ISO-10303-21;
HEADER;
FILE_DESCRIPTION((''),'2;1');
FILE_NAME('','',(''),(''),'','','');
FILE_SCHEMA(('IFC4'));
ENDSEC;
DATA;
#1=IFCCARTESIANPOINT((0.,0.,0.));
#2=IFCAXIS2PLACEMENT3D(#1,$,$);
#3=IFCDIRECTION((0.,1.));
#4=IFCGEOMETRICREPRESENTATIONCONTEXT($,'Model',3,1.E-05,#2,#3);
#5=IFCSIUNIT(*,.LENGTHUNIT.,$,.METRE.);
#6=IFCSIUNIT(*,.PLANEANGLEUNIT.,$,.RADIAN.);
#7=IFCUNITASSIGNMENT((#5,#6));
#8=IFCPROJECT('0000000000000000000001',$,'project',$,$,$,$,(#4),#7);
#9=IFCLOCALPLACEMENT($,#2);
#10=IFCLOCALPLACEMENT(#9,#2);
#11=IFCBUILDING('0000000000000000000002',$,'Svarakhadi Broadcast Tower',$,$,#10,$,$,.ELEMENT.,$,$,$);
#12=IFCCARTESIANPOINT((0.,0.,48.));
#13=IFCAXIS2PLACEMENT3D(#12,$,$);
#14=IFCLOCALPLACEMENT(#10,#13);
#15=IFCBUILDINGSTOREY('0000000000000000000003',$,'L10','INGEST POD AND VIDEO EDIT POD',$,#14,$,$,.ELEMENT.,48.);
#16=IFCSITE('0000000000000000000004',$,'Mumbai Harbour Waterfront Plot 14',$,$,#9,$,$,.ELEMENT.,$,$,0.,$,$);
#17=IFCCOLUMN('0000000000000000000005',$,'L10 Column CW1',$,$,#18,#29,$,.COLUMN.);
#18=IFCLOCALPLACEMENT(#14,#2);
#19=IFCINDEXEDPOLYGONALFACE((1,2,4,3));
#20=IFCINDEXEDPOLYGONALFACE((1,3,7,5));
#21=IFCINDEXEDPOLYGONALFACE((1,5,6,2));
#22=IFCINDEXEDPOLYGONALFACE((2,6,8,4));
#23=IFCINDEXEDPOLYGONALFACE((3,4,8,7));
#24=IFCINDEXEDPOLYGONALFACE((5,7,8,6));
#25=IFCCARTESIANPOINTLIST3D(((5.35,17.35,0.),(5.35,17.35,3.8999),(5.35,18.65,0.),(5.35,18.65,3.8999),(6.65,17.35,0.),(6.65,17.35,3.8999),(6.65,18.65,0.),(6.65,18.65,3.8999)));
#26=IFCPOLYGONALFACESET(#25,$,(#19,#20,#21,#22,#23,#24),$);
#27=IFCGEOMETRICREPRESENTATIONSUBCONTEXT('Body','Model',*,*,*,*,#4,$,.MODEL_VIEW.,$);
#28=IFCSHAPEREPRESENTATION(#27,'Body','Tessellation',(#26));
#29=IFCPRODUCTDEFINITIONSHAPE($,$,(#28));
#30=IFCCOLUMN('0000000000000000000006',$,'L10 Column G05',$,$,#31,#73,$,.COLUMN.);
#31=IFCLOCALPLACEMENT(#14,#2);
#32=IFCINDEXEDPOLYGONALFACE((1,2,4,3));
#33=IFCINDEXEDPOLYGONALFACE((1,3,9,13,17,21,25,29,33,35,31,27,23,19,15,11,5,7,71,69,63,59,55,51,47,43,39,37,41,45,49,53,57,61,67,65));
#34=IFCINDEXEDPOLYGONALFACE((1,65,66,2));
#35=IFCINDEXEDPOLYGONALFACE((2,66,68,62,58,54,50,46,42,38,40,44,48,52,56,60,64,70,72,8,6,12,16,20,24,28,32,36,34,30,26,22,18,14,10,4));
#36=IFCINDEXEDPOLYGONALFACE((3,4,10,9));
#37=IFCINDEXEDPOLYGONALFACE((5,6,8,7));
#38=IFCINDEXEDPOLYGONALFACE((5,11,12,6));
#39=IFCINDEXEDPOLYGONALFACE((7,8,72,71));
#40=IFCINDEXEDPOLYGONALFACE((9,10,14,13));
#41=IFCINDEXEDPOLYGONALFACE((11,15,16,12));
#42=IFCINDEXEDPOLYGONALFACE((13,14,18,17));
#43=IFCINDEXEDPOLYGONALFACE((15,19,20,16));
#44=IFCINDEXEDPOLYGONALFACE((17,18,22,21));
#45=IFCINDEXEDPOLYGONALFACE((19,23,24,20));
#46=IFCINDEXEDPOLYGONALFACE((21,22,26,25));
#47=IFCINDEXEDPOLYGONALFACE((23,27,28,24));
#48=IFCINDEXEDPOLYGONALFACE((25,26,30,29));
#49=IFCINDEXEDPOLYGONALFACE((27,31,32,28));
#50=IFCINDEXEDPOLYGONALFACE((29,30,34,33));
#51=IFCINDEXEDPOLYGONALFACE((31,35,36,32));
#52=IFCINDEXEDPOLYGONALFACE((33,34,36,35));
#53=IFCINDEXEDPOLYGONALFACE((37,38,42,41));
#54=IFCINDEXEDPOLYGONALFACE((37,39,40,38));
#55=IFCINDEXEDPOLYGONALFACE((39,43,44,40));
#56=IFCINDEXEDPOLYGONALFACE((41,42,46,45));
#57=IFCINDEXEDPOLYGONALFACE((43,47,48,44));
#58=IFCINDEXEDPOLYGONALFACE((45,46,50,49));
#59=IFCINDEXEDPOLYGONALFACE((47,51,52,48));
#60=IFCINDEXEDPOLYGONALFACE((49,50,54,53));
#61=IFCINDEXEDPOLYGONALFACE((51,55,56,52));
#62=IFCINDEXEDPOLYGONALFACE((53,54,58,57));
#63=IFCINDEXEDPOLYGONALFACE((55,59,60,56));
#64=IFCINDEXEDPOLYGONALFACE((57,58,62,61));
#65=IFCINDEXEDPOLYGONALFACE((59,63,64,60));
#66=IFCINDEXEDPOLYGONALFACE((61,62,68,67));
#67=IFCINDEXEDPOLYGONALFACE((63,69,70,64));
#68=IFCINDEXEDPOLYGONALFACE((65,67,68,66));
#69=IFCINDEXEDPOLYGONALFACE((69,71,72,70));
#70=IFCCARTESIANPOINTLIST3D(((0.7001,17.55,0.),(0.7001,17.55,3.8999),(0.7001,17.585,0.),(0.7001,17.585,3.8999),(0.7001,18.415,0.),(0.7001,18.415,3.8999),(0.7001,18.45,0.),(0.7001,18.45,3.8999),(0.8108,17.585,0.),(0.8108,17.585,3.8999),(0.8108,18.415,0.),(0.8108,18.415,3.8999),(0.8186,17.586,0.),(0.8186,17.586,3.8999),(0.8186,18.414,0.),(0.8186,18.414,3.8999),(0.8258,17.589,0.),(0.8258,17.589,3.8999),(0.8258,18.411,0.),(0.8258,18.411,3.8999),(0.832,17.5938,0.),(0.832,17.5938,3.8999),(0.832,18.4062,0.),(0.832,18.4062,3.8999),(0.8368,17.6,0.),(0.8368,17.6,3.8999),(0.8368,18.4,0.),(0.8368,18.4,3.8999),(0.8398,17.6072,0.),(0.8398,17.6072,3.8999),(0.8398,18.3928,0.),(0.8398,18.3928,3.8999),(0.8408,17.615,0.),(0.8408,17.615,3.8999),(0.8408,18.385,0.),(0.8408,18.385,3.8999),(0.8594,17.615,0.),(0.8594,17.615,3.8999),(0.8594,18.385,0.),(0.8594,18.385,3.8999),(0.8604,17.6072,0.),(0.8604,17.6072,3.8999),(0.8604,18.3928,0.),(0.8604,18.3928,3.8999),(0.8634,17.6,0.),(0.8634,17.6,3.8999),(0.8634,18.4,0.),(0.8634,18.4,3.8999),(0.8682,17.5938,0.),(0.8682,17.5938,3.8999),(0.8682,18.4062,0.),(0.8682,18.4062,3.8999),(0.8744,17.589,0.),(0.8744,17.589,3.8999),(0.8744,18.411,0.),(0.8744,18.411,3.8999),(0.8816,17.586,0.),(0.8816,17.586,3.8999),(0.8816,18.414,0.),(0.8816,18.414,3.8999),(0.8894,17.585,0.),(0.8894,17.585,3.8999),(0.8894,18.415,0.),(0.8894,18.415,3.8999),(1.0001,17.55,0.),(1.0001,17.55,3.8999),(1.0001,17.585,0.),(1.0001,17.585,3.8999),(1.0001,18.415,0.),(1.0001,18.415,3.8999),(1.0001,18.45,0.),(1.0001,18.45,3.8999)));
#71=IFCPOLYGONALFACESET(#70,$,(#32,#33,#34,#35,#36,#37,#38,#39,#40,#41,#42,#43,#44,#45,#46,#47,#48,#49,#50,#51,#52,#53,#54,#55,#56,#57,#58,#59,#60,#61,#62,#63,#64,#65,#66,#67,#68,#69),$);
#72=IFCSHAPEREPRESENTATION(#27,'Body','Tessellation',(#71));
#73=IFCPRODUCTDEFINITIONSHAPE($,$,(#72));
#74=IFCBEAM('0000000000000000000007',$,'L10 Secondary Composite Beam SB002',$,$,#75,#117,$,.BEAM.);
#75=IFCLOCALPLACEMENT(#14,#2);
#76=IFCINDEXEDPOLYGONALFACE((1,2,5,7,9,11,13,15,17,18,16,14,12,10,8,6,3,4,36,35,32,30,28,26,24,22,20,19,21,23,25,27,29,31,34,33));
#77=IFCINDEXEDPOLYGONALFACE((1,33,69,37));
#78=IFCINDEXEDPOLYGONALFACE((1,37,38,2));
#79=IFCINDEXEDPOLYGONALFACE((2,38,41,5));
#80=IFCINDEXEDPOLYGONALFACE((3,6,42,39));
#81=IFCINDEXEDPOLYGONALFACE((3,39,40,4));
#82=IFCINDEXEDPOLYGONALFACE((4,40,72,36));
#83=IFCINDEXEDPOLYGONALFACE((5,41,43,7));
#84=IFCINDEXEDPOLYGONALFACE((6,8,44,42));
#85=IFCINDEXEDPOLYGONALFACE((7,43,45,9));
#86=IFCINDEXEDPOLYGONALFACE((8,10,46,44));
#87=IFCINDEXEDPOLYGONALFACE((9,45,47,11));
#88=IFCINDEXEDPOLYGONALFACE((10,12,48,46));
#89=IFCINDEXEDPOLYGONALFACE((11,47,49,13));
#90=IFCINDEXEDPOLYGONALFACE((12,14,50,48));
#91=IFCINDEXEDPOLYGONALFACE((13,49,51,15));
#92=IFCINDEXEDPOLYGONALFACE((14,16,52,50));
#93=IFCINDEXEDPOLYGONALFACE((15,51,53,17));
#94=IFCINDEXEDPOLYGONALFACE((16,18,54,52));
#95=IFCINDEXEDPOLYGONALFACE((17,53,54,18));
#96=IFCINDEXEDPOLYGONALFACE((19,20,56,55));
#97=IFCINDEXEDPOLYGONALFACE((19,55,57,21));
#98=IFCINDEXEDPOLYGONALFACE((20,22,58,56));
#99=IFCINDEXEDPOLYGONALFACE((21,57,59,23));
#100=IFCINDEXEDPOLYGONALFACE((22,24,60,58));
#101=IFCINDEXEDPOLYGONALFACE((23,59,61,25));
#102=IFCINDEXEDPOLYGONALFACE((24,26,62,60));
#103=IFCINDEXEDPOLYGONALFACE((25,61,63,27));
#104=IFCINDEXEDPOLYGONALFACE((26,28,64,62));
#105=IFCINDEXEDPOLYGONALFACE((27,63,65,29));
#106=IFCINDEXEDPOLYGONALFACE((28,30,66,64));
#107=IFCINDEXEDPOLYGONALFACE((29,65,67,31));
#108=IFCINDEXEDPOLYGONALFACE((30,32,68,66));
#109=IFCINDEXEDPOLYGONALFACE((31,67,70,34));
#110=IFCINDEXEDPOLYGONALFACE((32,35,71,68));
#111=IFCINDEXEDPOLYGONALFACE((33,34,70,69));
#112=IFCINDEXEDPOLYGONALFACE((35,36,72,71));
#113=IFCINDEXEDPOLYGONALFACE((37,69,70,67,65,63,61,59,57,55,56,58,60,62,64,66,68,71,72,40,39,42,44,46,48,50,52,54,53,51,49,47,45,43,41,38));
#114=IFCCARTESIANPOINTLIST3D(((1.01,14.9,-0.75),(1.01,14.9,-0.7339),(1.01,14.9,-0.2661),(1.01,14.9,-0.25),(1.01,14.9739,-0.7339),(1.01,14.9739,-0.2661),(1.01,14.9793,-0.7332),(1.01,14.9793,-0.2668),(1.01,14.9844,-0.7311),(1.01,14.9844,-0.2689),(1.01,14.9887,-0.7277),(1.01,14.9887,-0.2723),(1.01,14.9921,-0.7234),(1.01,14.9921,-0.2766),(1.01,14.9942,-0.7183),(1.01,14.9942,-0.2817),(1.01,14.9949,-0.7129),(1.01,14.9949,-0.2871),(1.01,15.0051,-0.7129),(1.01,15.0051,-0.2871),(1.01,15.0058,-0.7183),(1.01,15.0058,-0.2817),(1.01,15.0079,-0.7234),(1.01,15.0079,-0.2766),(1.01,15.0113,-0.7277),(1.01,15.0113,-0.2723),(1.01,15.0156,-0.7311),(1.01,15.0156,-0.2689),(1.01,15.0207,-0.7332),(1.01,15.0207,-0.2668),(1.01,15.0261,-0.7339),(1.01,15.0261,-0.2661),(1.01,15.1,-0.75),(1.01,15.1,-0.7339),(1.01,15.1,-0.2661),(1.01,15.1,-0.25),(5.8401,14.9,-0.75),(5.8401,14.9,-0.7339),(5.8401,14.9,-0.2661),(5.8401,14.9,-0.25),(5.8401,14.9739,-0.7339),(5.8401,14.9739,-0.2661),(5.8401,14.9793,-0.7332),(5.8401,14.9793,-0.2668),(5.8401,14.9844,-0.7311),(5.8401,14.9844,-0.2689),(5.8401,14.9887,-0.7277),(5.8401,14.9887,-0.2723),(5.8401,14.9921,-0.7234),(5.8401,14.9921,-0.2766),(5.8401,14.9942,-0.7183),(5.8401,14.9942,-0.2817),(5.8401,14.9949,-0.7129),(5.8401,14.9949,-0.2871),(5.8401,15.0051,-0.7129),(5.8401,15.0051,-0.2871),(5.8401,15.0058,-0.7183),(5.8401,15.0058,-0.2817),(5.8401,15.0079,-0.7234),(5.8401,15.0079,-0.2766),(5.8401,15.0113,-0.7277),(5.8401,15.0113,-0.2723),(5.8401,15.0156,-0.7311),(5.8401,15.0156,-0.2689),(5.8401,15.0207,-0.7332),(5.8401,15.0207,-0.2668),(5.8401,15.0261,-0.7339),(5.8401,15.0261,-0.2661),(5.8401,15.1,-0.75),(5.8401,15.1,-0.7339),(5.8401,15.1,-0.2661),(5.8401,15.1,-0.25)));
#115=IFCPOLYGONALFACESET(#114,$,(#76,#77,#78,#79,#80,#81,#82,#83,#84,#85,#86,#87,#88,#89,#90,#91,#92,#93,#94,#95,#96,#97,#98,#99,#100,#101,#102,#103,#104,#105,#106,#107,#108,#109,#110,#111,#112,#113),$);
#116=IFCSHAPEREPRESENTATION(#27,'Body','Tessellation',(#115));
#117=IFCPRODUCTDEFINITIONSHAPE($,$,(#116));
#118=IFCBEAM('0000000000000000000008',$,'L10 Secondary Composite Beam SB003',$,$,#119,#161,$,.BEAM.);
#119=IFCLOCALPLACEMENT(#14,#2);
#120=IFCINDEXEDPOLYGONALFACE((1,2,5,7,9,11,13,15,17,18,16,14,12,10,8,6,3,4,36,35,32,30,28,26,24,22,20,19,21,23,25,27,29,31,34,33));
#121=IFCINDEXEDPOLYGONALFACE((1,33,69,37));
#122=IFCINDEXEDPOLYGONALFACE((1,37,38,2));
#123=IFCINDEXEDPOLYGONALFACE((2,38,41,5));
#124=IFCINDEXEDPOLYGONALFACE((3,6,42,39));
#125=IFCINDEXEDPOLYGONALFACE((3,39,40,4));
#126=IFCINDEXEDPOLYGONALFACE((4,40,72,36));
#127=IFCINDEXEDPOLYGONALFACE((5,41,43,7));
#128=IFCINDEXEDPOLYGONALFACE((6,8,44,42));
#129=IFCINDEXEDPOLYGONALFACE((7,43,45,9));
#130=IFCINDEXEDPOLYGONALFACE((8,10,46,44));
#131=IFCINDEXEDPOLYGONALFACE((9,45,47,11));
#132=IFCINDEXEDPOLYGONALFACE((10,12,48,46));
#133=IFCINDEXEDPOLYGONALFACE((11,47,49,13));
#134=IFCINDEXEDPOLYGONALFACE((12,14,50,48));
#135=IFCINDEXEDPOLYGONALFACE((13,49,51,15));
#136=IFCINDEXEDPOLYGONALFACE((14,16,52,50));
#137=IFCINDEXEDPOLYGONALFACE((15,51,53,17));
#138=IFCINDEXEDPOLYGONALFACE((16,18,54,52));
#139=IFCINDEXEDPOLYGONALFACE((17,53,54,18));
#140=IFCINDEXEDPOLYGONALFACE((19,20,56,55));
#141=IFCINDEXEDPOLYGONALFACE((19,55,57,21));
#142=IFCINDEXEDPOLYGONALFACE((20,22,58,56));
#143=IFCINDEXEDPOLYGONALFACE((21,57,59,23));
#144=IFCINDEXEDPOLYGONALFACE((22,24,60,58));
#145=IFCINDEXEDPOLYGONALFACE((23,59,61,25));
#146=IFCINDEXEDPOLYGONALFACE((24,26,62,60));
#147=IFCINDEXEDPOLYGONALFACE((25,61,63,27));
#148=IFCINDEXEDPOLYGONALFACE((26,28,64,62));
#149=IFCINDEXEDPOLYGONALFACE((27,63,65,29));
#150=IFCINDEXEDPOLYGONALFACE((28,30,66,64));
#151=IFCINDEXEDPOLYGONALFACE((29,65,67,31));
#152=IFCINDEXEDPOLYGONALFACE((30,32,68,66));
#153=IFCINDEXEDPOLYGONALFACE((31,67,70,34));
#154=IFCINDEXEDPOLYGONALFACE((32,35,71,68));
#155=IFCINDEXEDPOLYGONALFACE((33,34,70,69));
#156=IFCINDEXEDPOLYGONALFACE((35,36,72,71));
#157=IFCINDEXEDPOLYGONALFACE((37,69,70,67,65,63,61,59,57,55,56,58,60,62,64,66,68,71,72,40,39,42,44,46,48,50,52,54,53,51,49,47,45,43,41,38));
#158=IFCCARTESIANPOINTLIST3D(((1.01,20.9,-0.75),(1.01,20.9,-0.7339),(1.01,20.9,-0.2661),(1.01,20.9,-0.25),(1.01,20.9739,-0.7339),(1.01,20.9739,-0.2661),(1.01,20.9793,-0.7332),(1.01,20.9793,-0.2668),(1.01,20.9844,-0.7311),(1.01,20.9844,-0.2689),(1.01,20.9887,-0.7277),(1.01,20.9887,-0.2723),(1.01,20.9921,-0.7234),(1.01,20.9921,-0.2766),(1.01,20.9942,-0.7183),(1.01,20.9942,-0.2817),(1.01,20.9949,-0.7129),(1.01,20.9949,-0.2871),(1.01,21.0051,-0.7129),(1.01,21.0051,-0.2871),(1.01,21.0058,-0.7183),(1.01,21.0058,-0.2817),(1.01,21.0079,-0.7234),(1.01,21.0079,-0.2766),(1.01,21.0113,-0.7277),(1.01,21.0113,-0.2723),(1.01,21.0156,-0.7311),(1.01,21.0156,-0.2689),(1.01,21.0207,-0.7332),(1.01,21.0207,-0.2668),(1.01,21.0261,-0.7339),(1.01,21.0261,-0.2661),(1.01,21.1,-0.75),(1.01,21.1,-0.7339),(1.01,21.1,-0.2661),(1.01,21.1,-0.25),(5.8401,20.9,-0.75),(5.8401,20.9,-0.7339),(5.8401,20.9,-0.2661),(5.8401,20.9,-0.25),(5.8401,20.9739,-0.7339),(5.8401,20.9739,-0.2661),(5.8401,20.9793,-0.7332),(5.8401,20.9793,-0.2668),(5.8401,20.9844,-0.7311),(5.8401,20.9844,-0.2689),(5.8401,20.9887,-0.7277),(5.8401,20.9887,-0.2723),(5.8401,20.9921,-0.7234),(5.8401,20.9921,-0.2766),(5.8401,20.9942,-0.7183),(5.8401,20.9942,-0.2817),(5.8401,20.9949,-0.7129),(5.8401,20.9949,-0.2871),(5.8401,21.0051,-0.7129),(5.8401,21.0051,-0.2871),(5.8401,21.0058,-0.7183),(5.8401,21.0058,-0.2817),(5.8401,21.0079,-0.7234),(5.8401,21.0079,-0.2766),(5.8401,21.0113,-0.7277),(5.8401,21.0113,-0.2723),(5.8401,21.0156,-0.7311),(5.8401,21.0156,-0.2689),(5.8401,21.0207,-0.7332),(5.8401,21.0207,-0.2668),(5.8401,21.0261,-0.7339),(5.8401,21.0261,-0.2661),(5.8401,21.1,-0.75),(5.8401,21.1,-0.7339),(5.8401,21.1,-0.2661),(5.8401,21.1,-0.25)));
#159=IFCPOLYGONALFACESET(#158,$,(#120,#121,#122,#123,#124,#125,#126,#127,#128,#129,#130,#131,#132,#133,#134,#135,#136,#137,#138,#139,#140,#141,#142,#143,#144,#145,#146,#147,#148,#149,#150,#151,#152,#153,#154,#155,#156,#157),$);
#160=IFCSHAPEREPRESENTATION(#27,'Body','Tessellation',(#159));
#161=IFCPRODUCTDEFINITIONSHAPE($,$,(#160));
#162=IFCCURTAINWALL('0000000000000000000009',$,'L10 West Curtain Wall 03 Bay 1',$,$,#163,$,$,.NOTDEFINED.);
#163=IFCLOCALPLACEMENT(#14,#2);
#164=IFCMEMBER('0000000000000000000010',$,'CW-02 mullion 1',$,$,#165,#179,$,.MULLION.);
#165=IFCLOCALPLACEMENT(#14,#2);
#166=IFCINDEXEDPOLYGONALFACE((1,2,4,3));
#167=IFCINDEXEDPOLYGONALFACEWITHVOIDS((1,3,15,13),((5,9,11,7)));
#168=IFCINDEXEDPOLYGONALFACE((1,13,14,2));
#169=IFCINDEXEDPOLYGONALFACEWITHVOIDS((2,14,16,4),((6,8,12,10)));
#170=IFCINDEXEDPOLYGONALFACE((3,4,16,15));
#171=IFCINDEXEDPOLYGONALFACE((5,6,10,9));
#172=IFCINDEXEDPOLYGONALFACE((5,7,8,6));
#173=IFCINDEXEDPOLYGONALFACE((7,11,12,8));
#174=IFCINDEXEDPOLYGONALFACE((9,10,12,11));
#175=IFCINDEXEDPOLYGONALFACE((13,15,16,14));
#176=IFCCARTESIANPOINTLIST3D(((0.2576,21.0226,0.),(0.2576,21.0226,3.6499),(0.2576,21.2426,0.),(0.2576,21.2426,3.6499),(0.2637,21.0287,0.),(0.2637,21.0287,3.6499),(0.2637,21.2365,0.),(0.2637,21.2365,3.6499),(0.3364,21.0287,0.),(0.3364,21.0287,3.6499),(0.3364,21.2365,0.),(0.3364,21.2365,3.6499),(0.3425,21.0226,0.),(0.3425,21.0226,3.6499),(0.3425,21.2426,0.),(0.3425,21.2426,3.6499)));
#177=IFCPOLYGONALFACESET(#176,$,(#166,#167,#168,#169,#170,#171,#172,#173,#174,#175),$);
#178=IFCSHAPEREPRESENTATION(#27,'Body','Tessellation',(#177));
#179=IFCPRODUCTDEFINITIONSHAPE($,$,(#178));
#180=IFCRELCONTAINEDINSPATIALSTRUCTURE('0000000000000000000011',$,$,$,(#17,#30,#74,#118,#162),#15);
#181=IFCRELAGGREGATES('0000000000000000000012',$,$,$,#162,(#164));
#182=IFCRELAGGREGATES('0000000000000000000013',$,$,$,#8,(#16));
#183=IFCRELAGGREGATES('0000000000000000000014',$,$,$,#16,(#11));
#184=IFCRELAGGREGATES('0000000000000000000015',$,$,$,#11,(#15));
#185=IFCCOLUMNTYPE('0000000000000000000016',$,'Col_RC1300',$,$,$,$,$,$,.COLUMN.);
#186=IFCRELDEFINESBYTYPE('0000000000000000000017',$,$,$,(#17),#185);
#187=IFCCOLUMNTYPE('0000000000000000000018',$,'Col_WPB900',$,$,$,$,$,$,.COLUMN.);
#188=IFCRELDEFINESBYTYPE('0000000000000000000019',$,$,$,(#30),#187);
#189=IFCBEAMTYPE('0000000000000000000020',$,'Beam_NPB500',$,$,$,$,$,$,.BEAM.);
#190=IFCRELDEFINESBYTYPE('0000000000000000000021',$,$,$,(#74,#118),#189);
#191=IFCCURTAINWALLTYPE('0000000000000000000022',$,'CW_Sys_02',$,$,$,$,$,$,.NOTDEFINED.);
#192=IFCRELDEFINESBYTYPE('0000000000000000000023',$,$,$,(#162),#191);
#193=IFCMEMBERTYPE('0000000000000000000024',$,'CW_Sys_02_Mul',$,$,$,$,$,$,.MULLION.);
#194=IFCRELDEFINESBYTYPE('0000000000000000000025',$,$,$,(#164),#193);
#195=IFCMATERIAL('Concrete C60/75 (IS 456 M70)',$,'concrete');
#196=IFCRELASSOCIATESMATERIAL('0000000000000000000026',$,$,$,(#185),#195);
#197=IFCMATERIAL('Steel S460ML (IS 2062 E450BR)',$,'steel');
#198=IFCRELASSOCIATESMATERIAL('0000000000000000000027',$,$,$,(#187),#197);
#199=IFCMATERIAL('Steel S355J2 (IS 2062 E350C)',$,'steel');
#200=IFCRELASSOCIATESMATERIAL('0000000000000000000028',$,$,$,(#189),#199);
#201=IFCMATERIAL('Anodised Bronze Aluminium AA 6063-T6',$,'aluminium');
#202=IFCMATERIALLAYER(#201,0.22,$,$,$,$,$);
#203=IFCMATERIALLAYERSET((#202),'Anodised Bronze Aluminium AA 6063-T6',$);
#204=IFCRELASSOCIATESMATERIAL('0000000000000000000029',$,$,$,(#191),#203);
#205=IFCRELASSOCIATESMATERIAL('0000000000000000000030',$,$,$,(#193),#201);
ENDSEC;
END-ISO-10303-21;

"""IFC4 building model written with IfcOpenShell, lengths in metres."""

from ifc_helpers import new_model, si_unit, direction, frame, origin, origin_2d, place, context, subcontext, project, spatial, rectangle, hollow_rectangle, i_section, extrude, material, layer, layer_set, material_profile, profile_set, type_object, element, aggregate, save


model = new_model("IFC4")

# Units and contexts
model_context = context("Model", 3, precision=1e-05, world=origin(), true_north=direction((0.0, 1.0)))
body_context = subcontext(model_context, "Body", "Model", "MODEL_VIEW")
ifc_project = project(units=[si_unit("LENGTHUNIT", "METRE"), si_unit("PLANEANGLEUNIT", "RADIAN")], contexts=[model_context])

# Site, building, storey
site_placement = place(None, origin())
site = spatial("IfcSite", under=ifc_project, at=site_placement, Name="Mumbai Harbour Waterfront Plot 14", CompositionType="ELEMENT", RefElevation=0.0)
building_placement = place(site_placement, origin())
building = spatial("IfcBuilding", under=site, at=building_placement, Name="Svarakhadi Broadcast Tower", CompositionType="ELEMENT")
storey_placement = place(building_placement, frame((0.0, 0.0, 48.0)))
storey = spatial("IfcBuildingStorey", under=building, at=storey_placement, Name="L10", Description="INGEST POD AND VIDEO EDIT POD", CompositionType="ELEMENT", Elevation=48.0)

# Columns
ifc_material_1 = material(Name="Concrete C60/75 (IS 456 M70)", Category="concrete")
ifc_material_profile_1 = material_profile(ifc_material_1, rectangle(XDim=1.3, YDim=1.3, at=origin_2d()), Name="RC 1300x1300")
ifc_profile_set_1 = profile_set([ifc_material_profile_1], Name="Concrete C60/75 (IS 456 M70)")
column_type_1 = type_object("IfcColumnType", Name="Col_RC1300", PredefinedType="COLUMN", material=ifc_profile_set_1)
column_1_placement = place(storey_placement, frame((6.0, 18.0, 0.0), z_axis=(0.0, 0.0, 1.0), x_axis=(1.0, 0.0, 0.0)))
element("IfcColumn", 1, at=column_1_placement, inside=storey, type_object=column_type_1, Name="L10 Column CW1", PredefinedType="COLUMN", context=body_context, shape_type="SweptSolid", body=[
    extrude(rectangle(XDim=1.3, YDim=1.3, at=origin_2d()), origin(), (0.0, 0.0, 1.0), 3.8999),
])
ifc_material_2 = material(Name="Steel S460ML (IS 2062 E450BR)", Category="steel")
ifc_material_profile_2 = material_profile(ifc_material_2, i_section(OverallWidth=0.3, OverallDepth=0.8999, WebThickness=0.0186, FlangeThickness=0.0349, FilletRadius=0.03, at=origin_2d()), Name="WPB 900x300x291")
ifc_profile_set_2 = profile_set([ifc_material_profile_2], Name="Steel S460ML (IS 2062 E450BR)")
column_type_2 = type_object("IfcColumnType", Name="Col_WPB900", PredefinedType="COLUMN", material=ifc_profile_set_2)
column_2_placement = place(storey_placement, frame((0.8501, 18.0, 0.0), z_axis=(0.0, 0.0, 1.0), x_axis=(1.0, 0.0, 0.0)))
element("IfcColumn", 2, at=column_2_placement, inside=storey, type_object=column_type_2, Name="L10 Column G05", PredefinedType="COLUMN", context=body_context, shape_type="SweptSolid", body=[
    extrude(i_section(OverallWidth=0.3, OverallDepth=0.8999, WebThickness=0.0186, FlangeThickness=0.0349, FilletRadius=0.03, at=origin_2d()), origin(), (0.0, 0.0, 1.0), 3.8999),
])

# Beams
ifc_material_3 = material(Name="Steel S355J2 (IS 2062 E350C)", Category="steel")
ifc_material_profile_3 = material_profile(ifc_material_3, i_section(OverallWidth=0.2, OverallDepth=0.5, WebThickness=0.0103, FlangeThickness=0.0161, FilletRadius=0.021, at=origin_2d()), Name="NPB 500x200x91")
ifc_profile_set_3 = profile_set([ifc_material_profile_3], Name="Steel S355J2 (IS 2062 E350C)")
beam_type_1 = type_object("IfcBeamType", Name="Beam_NPB500", PredefinedType="BEAM", material=ifc_profile_set_3)
for number, where, z_axis, x_axis, name in (
    (3, (1.01, 15.0, -0.5), (1.0, 0.0, 0.0), (0.0, 1.0, 0.0), "L10 Secondary Composite Beam SB002"),
    (4, (1.01, 21.0, -0.5), (1.0, 0.0, 0.0), (0.0, 1.0, 0.0), "L10 Secondary Composite Beam SB003"),
):
    element("IfcBeam", number, at=place(storey_placement, frame(where, z_axis=z_axis, x_axis=x_axis)), inside=storey, type_object=beam_type_1, Name=name, PredefinedType="BEAM", context=body_context, shape_type="SweptSolid", body=[
        extrude(i_section(OverallWidth=0.2, OverallDepth=0.5, WebThickness=0.0103, FlangeThickness=0.0161, FilletRadius=0.021, at=origin_2d()), origin(), (0.0, 0.0, 1.0), 4.8301),
    ])

# Curtain wall, member
ifc_material_4 = material(Name="Anodised Bronze Aluminium AA 6063-T6", Category="aluminium")
ifc_layer_1 = layer(ifc_material_4, 0.22)
ifc_layer_set_1 = layer_set([ifc_layer_1], Name="Anodised Bronze Aluminium AA 6063-T6")
curtain_wall_type = type_object("IfcCurtainWallType", Name="CW_Sys_02", PredefinedType="NOTDEFINED", material=ifc_layer_set_1)
curtain_wall_placement = place(storey_placement, origin())
curtain_wall = element("IfcCurtainWall", 5, at=curtain_wall_placement, inside=storey, type_object=curtain_wall_type, Name="L10 West Curtain Wall 03 Bay 1", PredefinedType="NOTDEFINED")
ifc_material_profile_4 = material_profile(ifc_material_4, hollow_rectangle(XDim=0.085, YDim=0.22, WallThickness=0.0061, at=origin_2d()), Name="ALU MULLION 220x85x6")
ifc_profile_set_4 = profile_set([ifc_material_profile_4], Name="Anodised Bronze Aluminium AA 6063-T6")
member_type_1 = type_object("IfcMemberType", Name="CW_Sys_02_Mul", PredefinedType="MULLION", material=ifc_profile_set_4)
member_1_placement = place(storey_placement, frame((0.3, 21.1326, 0.0), z_axis=(0.0, 0.0, 1.0), x_axis=(-1.0, 0.0, 0.0)))
member_1 = element("IfcMember", 6, at=member_1_placement, type_object=member_type_1, Name="CW-02 mullion 1", PredefinedType="MULLION", context=body_context, shape_type="SweptSolid", body=[
    extrude(hollow_rectangle(XDim=0.085, YDim=0.22, WallThickness=0.0061, at=origin_2d()), origin(), (0.0, 0.0, 1.0), 3.6499),
])

aggregate(curtain_wall, [member_1])

save(model, "model.ifc")
